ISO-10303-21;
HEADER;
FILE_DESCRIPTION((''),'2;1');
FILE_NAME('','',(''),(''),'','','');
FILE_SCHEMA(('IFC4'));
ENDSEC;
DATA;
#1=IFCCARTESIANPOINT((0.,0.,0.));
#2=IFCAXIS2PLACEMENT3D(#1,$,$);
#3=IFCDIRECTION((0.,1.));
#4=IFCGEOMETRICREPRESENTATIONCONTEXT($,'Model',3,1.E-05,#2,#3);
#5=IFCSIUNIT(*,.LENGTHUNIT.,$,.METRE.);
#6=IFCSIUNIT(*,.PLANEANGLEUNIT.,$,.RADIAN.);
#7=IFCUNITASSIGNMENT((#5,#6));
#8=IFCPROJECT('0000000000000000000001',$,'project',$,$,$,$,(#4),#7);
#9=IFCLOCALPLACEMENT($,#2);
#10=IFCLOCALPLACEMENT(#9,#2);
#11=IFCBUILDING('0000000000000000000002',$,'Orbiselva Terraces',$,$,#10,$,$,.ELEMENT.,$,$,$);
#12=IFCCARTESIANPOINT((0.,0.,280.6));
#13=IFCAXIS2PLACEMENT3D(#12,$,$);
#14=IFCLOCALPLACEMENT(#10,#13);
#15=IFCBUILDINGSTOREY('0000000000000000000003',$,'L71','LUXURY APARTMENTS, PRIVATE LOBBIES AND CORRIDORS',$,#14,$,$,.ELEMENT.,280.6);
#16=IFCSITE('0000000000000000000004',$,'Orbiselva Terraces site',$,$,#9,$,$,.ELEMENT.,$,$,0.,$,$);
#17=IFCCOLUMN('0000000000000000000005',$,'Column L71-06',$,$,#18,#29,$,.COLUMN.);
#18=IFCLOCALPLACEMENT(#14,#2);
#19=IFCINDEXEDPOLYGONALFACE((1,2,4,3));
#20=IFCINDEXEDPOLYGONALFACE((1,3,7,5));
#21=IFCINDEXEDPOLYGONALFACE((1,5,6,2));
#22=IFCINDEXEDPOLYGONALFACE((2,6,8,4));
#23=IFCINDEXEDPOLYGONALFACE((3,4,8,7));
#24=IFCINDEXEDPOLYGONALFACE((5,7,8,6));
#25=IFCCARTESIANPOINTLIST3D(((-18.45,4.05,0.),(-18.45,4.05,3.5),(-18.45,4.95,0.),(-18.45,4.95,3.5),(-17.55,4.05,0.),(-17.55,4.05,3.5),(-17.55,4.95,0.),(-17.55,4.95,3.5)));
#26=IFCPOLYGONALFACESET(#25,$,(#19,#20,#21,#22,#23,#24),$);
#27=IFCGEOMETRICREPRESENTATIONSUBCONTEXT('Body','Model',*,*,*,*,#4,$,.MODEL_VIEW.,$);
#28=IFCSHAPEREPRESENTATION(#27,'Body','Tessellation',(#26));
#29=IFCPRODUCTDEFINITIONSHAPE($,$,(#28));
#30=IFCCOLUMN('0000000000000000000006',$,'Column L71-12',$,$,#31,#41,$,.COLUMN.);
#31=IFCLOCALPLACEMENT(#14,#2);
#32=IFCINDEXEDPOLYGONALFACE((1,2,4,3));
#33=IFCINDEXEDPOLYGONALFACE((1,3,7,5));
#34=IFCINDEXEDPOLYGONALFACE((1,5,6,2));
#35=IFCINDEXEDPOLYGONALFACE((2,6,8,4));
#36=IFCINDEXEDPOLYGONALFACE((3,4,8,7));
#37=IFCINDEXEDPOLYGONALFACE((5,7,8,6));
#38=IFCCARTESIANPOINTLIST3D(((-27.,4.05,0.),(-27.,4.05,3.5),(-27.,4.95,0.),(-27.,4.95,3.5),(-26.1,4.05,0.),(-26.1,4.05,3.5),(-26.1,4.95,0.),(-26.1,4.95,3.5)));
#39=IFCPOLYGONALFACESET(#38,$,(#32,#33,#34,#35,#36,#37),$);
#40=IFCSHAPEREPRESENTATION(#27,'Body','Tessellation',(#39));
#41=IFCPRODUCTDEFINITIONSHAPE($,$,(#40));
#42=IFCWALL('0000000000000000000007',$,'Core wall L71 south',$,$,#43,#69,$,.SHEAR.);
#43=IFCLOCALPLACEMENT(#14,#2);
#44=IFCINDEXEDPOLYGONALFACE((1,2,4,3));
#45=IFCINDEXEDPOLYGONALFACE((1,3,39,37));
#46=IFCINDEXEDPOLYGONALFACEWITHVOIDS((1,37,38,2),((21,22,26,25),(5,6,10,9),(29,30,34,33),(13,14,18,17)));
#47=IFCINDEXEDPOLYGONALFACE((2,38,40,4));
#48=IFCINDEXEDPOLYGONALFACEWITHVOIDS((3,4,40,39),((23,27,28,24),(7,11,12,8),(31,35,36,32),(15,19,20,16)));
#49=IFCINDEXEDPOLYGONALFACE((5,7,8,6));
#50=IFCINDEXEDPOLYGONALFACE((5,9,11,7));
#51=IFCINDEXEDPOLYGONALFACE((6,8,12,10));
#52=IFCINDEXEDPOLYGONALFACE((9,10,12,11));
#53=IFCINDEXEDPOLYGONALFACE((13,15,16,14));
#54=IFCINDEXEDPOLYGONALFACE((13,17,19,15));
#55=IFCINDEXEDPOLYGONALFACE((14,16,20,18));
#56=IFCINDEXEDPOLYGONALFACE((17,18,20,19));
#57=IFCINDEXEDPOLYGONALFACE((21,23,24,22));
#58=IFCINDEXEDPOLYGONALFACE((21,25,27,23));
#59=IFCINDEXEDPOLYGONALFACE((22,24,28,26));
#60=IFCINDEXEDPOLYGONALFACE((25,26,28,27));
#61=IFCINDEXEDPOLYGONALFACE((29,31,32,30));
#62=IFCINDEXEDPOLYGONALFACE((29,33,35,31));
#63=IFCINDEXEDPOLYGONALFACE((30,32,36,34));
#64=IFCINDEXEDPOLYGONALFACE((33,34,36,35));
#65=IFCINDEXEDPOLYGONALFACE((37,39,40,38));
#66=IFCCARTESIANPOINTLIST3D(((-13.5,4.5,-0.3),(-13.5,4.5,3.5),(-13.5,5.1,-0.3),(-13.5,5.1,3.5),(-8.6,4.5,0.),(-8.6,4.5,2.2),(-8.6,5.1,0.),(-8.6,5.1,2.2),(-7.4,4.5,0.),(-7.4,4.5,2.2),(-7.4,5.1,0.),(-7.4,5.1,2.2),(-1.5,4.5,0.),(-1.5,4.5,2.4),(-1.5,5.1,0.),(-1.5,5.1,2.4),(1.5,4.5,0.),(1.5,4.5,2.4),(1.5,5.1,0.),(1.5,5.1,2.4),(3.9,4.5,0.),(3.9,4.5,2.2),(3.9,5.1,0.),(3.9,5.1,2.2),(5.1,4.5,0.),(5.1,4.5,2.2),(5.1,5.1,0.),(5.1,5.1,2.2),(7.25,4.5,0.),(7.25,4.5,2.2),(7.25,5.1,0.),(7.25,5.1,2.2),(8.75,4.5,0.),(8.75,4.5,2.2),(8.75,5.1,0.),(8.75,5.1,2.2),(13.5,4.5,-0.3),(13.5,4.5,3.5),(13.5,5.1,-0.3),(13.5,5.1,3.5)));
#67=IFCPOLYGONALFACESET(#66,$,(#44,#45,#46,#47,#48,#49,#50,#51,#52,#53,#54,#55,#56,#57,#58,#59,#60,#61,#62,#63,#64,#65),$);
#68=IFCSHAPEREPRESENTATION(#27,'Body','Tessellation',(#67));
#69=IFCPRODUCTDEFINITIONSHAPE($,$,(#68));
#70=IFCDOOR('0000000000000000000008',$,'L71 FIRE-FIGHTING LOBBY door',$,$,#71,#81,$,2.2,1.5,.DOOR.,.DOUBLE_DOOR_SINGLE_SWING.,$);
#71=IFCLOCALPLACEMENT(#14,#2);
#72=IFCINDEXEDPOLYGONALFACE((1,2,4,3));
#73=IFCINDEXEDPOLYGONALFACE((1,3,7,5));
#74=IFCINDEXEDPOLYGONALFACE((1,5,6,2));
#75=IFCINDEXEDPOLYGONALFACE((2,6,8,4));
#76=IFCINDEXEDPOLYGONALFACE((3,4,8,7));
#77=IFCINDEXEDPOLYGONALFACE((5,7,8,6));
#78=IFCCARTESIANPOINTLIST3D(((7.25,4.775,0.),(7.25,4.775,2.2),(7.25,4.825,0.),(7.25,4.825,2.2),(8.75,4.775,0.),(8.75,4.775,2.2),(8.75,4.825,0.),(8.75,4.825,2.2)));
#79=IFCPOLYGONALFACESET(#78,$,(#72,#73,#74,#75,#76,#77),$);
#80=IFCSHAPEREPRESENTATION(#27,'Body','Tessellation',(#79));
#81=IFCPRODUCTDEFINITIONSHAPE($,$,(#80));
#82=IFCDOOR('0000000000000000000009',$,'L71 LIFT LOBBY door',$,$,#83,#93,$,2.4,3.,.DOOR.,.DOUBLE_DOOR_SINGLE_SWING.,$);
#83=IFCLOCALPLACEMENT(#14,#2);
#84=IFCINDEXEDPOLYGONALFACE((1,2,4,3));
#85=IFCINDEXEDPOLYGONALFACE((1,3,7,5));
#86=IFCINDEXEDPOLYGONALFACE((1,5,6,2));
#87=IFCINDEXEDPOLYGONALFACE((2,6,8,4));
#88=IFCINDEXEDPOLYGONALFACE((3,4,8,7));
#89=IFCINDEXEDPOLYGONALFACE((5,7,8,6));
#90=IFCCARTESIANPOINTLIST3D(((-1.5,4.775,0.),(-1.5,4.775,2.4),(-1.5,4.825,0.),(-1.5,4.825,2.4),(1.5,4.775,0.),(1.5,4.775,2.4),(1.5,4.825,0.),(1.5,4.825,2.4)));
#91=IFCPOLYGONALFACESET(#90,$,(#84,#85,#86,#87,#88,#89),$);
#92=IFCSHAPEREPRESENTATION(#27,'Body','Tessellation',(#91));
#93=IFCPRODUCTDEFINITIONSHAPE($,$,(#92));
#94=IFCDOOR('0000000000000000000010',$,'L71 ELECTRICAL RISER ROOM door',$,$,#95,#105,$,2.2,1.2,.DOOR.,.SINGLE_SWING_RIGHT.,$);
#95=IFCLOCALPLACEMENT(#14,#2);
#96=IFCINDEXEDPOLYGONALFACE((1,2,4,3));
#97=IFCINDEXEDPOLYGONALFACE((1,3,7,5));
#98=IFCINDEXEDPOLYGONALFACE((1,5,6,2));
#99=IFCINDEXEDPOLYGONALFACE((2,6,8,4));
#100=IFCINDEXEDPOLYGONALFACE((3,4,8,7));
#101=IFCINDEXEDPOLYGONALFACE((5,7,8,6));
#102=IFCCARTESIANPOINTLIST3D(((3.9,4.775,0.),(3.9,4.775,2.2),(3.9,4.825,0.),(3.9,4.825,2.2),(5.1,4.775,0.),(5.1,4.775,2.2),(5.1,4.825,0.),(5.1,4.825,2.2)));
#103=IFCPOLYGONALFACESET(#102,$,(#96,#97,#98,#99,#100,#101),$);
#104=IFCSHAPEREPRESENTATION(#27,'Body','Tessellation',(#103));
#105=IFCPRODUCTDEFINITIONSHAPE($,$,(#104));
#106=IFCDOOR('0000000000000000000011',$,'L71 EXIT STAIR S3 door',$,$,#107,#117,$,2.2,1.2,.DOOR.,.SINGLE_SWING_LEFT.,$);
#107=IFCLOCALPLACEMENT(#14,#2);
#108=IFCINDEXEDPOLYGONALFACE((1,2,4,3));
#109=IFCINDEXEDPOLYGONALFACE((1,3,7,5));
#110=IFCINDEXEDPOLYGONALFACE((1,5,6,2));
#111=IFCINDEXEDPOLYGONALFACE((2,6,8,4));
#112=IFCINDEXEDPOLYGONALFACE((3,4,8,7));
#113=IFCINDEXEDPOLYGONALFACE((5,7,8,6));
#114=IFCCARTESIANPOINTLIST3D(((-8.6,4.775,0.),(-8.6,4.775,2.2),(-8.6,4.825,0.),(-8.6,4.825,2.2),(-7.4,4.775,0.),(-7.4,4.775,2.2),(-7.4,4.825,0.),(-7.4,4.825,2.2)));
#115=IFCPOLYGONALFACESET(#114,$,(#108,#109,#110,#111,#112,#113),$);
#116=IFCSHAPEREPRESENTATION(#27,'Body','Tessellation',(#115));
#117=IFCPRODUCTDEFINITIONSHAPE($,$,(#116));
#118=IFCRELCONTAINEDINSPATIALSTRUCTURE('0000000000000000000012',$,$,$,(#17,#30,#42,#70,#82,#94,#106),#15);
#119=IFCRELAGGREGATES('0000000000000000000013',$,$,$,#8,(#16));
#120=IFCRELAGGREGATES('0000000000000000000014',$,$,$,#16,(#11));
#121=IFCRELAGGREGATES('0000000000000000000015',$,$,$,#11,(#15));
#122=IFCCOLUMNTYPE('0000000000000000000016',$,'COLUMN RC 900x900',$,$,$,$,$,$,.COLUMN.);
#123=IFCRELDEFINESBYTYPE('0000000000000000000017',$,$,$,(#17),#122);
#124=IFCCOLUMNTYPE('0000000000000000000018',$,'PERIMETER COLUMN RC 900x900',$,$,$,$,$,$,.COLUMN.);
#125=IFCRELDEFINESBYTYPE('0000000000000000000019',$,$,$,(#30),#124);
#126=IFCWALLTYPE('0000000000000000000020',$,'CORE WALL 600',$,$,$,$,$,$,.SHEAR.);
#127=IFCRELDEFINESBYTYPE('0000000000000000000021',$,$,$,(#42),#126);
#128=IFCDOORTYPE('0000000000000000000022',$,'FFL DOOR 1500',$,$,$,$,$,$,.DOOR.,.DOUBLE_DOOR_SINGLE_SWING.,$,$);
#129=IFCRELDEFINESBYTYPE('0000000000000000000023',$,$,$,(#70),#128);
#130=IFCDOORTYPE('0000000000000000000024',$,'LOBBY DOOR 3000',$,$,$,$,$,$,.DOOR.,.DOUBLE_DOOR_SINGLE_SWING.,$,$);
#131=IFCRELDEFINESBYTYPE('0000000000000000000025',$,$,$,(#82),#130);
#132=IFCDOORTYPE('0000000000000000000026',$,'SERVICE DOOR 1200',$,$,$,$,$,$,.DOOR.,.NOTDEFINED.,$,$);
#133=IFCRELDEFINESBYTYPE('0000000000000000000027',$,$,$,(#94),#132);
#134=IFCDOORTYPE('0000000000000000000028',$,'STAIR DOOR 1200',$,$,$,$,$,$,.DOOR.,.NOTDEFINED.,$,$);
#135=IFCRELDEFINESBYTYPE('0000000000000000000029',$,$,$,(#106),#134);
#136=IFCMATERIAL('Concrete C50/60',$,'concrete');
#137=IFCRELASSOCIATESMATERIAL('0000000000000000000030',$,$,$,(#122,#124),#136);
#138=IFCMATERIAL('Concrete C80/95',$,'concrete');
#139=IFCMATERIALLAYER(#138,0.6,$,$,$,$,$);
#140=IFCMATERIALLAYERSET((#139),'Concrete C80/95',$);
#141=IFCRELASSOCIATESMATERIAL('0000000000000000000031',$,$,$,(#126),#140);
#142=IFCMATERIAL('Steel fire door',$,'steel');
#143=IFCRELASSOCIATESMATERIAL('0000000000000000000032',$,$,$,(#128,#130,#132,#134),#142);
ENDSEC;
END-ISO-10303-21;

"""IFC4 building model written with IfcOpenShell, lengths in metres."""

from ifc_helpers import new_model, si_unit, direction, frame, frame_2d, origin, origin_2d, place, context, subcontext, project, spatial, rectangle, extrude, material, layer, layer_set, material_profile, profile_set, type_object, element, fill, save


model = new_model("IFC4")

# Units and contexts
model_context = context("Model", 3, precision=1e-05, world=origin(), true_north=direction((0.0, 1.0)))
body_context = subcontext(model_context, "Body", "Model", "MODEL_VIEW")
ifc_project = project(units=[si_unit("LENGTHUNIT", "METRE"), si_unit("PLANEANGLEUNIT", "RADIAN")], contexts=[model_context])

# Site, building, storey
site_placement = place(None, origin())
site = spatial("IfcSite", under=ifc_project, at=site_placement, Name="Orbiselva Terraces site", CompositionType="ELEMENT", RefElevation=0.0)
building_placement = place(site_placement, origin())
building = spatial("IfcBuilding", under=site, at=building_placement, Name="Orbiselva Terraces", CompositionType="ELEMENT")
storey_placement = place(building_placement, frame((0.0, 0.0, 280.6)))
storey = spatial("IfcBuildingStorey", under=building, at=storey_placement, Name="L71", Description="LUXURY APARTMENTS, PRIVATE LOBBIES AND CORRIDORS", CompositionType="ELEMENT", Elevation=280.6)

# Columns
ifc_material_1 = material(Name="Concrete C50/60", Category="concrete")
ifc_material_profile_1 = material_profile(ifc_material_1, rectangle(XDim=0.9, YDim=0.9, at=origin_2d()), Name="RC 900x900")
ifc_profile_set_1 = profile_set([ifc_material_profile_1], Name="Concrete C50/60")
column_type_1 = type_object("IfcColumnType", Name="COLUMN RC 900x900", PredefinedType="COLUMN", material=ifc_profile_set_1)
column_1_placement = place(storey_placement, frame((-18.0, 4.5, 0.0), z_axis=(0.0, 0.0, 1.0), x_axis=(1.0, 0.0, 0.0)))
element("IfcColumn", 1, at=column_1_placement, inside=storey, type_object=column_type_1, Name="Column L71-06", PredefinedType="COLUMN", context=body_context, shape_type="SweptSolid", body=[
    extrude(rectangle(XDim=0.9, YDim=0.9, at=origin_2d()), origin(), (0.0, 0.0, 1.0), 3.5),
])
ifc_material_profile_2 = material_profile(ifc_material_1, rectangle(XDim=0.9, YDim=0.9, at=origin_2d()), Name="RC 900x900")
ifc_profile_set_2 = profile_set([ifc_material_profile_2], Name="Concrete C50/60")
column_type_2 = type_object("IfcColumnType", Name="PERIMETER COLUMN RC 900x900", PredefinedType="COLUMN", material=ifc_profile_set_2)
column_2_placement = place(storey_placement, frame((-26.55, 4.5, 0.0), z_axis=(0.0, 0.0, 1.0), x_axis=(1.0, 0.0, 0.0)))
element("IfcColumn", 2, at=column_2_placement, inside=storey, type_object=column_type_2, Name="Column L71-12", PredefinedType="COLUMN", context=body_context, shape_type="SweptSolid", body=[
    extrude(rectangle(XDim=0.9, YDim=0.9, at=origin_2d()), origin(), (0.0, 0.0, 1.0), 3.5),
])

# Wall, openings, doors
ifc_material_2 = material(Name="Concrete C80/95", Category="concrete")
ifc_layer_1 = layer(ifc_material_2, 0.6)
ifc_layer_set_1 = layer_set([ifc_layer_1], Name="Concrete C80/95")
wall_type_1 = type_object("IfcWallType", Name="CORE WALL 600", PredefinedType="SHEAR", material=ifc_layer_set_1)
wall_1_placement = place(storey_placement, frame((-13.5, 4.8, -0.3), z_axis=(0.0, 0.0, 1.0), x_axis=(1.0, 0.0, 0.0)))
wall_1 = element("IfcWall", 3, at=wall_1_placement, inside=storey, type_object=wall_type_1, Name="Core wall L71 south", PredefinedType="SHEAR", context=body_context, shape_type="SweptSolid", body=[
    extrude(rectangle(XDim=27.0, YDim=0.6, at=frame_2d((13.5, 0.0))), origin(), (0.0, 0.0, 1.0), 3.8),
])
opening_1_placement = place(wall_1_placement, frame((12.0, 0.0, 0.3)))
opening_1 = element("IfcOpeningElement", 4, at=opening_1_placement, cuts=wall_1, PredefinedType="OPENING", context=body_context, shape_type="SweptSolid", body=[
    extrude(rectangle(XDim=3.0, YDim=2.4, at=frame_2d((1.5, 1.2))), frame((0.0, 0.31, 0.0), z_axis=(0.0, -1.0, 0.0), x_axis=(1.0, 0.0, 0.0)), (0.0, 0.0, 1.0), 0.62),
])
opening_2_placement = place(wall_1_placement, frame((4.9, 0.0, 0.3)))
opening_2 = element("IfcOpeningElement", 5, at=opening_2_placement, cuts=wall_1, PredefinedType="OPENING", context=body_context, shape_type="SweptSolid", body=[
    extrude(rectangle(XDim=1.2, YDim=2.2, at=frame_2d((0.6, 1.1))), frame((0.0, 0.31, 0.0), z_axis=(0.0, -1.0, 0.0), x_axis=(1.0, 0.0, 0.0)), (0.0, 0.0, 1.0), 0.62),
])
opening_3_placement = place(wall_1_placement, frame((20.75, 0.0, 0.3)))
opening_3 = element("IfcOpeningElement", 6, at=opening_3_placement, cuts=wall_1, PredefinedType="OPENING", context=body_context, shape_type="SweptSolid", body=[
    extrude(rectangle(XDim=1.5, YDim=2.2, at=frame_2d((0.75, 1.1))), frame((0.0, 0.31, 0.0), z_axis=(0.0, -1.0, 0.0), x_axis=(1.0, 0.0, 0.0)), (0.0, 0.0, 1.0), 0.62),
])
opening_4_placement = place(wall_1_placement, frame((17.4, 0.0, 0.3)))
opening_4 = element("IfcOpeningElement", 7, at=opening_4_placement, cuts=wall_1, PredefinedType="OPENING", context=body_context, shape_type="SweptSolid", body=[
    extrude(rectangle(XDim=1.2, YDim=2.2, at=frame_2d((0.6, 1.1))), frame((0.0, 0.31, 0.0), z_axis=(0.0, -1.0, 0.0), x_axis=(1.0, 0.0, 0.0)), (0.0, 0.0, 1.0), 0.62),
])
ifc_material_3 = material(Name="Steel fire door", Category="steel")
door_type_1 = type_object("IfcDoorType", Name="FFL DOOR 1500", OperationType="DOUBLE_DOOR_SINGLE_SWING", PredefinedType="DOOR", material=ifc_material_3)
door_1_placement = place(opening_3_placement, frame((1.5, 0.0, 0.0), z_axis=(0.0, 0.0, 1.0), x_axis=(-1.0, 0.0, 0.0)))
door_1 = element("IfcDoor", 8, at=door_1_placement, inside=storey, type_object=door_type_1, Name="L71 FIRE-FIGHTING LOBBY door", OperationType="DOUBLE_DOOR_SINGLE_SWING", OverallHeight=2.2, OverallWidth=1.5, PredefinedType="DOOR", context=body_context, shape_type="SweptSolid", body=[
    extrude(rectangle(XDim=1.5, YDim=2.2, at=frame_2d((0.75, 1.1))), frame((0.0, 0.025, 0.0), z_axis=(0.0, -1.0, 0.0), x_axis=(1.0, 0.0, 0.0)), (0.0, 0.0, 1.0), 0.05),
])
fill(opening_3, door_1)
door_type_2 = type_object("IfcDoorType", Name="LOBBY DOOR 3000", OperationType="DOUBLE_DOOR_SINGLE_SWING", PredefinedType="DOOR", material=ifc_material_3)
door_2_placement = place(opening_1_placement, frame((3.0, 0.0, 0.0), z_axis=(0.0, 0.0, 1.0), x_axis=(-1.0, 0.0, 0.0)))
door_2 = element("IfcDoor", 9, at=door_2_placement, inside=storey, type_object=door_type_2, Name="L71 LIFT LOBBY door", OperationType="DOUBLE_DOOR_SINGLE_SWING", OverallHeight=2.4, OverallWidth=3.0, PredefinedType="DOOR", context=body_context, shape_type="SweptSolid", body=[
    extrude(rectangle(XDim=3.0, YDim=2.4, at=frame_2d((1.5, 1.2))), frame((0.0, 0.025, 0.0), z_axis=(0.0, -1.0, 0.0), x_axis=(1.0, 0.0, 0.0)), (0.0, 0.0, 1.0), 0.05),
])
fill(opening_1, door_2)
door_type_3 = type_object("IfcDoorType", Name="SERVICE DOOR 1200", OperationType="NOTDEFINED", PredefinedType="DOOR", material=ifc_material_3)
door_3_placement = place(opening_4_placement, frame((1.2, 0.0, 0.0), z_axis=(0.0, 0.0, 1.0), x_axis=(-1.0, 0.0, 0.0)))
door_3 = element("IfcDoor", 10, at=door_3_placement, inside=storey, type_object=door_type_3, Name="L71 ELECTRICAL RISER ROOM door", OperationType="SINGLE_SWING_RIGHT", OverallHeight=2.2, OverallWidth=1.2, PredefinedType="DOOR", context=body_context, shape_type="SweptSolid", body=[
    extrude(rectangle(XDim=1.2, YDim=2.2, at=frame_2d((0.6, 1.1))), frame((0.0, 0.025, 0.0), z_axis=(0.0, -1.0, 0.0), x_axis=(1.0, 0.0, 0.0)), (0.0, 0.0, 1.0), 0.05),
])
fill(opening_4, door_3)
door_type_4 = type_object("IfcDoorType", Name="STAIR DOOR 1200", OperationType="NOTDEFINED", PredefinedType="DOOR", material=ifc_material_3)
door_4_placement = place(opening_2_placement, frame((1.2, 0.0, 0.0), z_axis=(0.0, 0.0, 1.0), x_axis=(-1.0, 0.0, 0.0)))
door_4 = element("IfcDoor", 11, at=door_4_placement, inside=storey, type_object=door_type_4, Name="L71 EXIT STAIR S3 door", OperationType="SINGLE_SWING_LEFT", OverallHeight=2.2, OverallWidth=1.2, PredefinedType="DOOR", context=body_context, shape_type="SweptSolid", body=[
    extrude(rectangle(XDim=1.2, YDim=2.2, at=frame_2d((0.6, 1.1))), frame((0.0, 0.025, 0.0), z_axis=(0.0, -1.0, 0.0), x_axis=(1.0, 0.0, 0.0)), (0.0, 0.0, 1.0), 0.05),
])
fill(opening_2, door_4)

save(model, "model.ifc")
